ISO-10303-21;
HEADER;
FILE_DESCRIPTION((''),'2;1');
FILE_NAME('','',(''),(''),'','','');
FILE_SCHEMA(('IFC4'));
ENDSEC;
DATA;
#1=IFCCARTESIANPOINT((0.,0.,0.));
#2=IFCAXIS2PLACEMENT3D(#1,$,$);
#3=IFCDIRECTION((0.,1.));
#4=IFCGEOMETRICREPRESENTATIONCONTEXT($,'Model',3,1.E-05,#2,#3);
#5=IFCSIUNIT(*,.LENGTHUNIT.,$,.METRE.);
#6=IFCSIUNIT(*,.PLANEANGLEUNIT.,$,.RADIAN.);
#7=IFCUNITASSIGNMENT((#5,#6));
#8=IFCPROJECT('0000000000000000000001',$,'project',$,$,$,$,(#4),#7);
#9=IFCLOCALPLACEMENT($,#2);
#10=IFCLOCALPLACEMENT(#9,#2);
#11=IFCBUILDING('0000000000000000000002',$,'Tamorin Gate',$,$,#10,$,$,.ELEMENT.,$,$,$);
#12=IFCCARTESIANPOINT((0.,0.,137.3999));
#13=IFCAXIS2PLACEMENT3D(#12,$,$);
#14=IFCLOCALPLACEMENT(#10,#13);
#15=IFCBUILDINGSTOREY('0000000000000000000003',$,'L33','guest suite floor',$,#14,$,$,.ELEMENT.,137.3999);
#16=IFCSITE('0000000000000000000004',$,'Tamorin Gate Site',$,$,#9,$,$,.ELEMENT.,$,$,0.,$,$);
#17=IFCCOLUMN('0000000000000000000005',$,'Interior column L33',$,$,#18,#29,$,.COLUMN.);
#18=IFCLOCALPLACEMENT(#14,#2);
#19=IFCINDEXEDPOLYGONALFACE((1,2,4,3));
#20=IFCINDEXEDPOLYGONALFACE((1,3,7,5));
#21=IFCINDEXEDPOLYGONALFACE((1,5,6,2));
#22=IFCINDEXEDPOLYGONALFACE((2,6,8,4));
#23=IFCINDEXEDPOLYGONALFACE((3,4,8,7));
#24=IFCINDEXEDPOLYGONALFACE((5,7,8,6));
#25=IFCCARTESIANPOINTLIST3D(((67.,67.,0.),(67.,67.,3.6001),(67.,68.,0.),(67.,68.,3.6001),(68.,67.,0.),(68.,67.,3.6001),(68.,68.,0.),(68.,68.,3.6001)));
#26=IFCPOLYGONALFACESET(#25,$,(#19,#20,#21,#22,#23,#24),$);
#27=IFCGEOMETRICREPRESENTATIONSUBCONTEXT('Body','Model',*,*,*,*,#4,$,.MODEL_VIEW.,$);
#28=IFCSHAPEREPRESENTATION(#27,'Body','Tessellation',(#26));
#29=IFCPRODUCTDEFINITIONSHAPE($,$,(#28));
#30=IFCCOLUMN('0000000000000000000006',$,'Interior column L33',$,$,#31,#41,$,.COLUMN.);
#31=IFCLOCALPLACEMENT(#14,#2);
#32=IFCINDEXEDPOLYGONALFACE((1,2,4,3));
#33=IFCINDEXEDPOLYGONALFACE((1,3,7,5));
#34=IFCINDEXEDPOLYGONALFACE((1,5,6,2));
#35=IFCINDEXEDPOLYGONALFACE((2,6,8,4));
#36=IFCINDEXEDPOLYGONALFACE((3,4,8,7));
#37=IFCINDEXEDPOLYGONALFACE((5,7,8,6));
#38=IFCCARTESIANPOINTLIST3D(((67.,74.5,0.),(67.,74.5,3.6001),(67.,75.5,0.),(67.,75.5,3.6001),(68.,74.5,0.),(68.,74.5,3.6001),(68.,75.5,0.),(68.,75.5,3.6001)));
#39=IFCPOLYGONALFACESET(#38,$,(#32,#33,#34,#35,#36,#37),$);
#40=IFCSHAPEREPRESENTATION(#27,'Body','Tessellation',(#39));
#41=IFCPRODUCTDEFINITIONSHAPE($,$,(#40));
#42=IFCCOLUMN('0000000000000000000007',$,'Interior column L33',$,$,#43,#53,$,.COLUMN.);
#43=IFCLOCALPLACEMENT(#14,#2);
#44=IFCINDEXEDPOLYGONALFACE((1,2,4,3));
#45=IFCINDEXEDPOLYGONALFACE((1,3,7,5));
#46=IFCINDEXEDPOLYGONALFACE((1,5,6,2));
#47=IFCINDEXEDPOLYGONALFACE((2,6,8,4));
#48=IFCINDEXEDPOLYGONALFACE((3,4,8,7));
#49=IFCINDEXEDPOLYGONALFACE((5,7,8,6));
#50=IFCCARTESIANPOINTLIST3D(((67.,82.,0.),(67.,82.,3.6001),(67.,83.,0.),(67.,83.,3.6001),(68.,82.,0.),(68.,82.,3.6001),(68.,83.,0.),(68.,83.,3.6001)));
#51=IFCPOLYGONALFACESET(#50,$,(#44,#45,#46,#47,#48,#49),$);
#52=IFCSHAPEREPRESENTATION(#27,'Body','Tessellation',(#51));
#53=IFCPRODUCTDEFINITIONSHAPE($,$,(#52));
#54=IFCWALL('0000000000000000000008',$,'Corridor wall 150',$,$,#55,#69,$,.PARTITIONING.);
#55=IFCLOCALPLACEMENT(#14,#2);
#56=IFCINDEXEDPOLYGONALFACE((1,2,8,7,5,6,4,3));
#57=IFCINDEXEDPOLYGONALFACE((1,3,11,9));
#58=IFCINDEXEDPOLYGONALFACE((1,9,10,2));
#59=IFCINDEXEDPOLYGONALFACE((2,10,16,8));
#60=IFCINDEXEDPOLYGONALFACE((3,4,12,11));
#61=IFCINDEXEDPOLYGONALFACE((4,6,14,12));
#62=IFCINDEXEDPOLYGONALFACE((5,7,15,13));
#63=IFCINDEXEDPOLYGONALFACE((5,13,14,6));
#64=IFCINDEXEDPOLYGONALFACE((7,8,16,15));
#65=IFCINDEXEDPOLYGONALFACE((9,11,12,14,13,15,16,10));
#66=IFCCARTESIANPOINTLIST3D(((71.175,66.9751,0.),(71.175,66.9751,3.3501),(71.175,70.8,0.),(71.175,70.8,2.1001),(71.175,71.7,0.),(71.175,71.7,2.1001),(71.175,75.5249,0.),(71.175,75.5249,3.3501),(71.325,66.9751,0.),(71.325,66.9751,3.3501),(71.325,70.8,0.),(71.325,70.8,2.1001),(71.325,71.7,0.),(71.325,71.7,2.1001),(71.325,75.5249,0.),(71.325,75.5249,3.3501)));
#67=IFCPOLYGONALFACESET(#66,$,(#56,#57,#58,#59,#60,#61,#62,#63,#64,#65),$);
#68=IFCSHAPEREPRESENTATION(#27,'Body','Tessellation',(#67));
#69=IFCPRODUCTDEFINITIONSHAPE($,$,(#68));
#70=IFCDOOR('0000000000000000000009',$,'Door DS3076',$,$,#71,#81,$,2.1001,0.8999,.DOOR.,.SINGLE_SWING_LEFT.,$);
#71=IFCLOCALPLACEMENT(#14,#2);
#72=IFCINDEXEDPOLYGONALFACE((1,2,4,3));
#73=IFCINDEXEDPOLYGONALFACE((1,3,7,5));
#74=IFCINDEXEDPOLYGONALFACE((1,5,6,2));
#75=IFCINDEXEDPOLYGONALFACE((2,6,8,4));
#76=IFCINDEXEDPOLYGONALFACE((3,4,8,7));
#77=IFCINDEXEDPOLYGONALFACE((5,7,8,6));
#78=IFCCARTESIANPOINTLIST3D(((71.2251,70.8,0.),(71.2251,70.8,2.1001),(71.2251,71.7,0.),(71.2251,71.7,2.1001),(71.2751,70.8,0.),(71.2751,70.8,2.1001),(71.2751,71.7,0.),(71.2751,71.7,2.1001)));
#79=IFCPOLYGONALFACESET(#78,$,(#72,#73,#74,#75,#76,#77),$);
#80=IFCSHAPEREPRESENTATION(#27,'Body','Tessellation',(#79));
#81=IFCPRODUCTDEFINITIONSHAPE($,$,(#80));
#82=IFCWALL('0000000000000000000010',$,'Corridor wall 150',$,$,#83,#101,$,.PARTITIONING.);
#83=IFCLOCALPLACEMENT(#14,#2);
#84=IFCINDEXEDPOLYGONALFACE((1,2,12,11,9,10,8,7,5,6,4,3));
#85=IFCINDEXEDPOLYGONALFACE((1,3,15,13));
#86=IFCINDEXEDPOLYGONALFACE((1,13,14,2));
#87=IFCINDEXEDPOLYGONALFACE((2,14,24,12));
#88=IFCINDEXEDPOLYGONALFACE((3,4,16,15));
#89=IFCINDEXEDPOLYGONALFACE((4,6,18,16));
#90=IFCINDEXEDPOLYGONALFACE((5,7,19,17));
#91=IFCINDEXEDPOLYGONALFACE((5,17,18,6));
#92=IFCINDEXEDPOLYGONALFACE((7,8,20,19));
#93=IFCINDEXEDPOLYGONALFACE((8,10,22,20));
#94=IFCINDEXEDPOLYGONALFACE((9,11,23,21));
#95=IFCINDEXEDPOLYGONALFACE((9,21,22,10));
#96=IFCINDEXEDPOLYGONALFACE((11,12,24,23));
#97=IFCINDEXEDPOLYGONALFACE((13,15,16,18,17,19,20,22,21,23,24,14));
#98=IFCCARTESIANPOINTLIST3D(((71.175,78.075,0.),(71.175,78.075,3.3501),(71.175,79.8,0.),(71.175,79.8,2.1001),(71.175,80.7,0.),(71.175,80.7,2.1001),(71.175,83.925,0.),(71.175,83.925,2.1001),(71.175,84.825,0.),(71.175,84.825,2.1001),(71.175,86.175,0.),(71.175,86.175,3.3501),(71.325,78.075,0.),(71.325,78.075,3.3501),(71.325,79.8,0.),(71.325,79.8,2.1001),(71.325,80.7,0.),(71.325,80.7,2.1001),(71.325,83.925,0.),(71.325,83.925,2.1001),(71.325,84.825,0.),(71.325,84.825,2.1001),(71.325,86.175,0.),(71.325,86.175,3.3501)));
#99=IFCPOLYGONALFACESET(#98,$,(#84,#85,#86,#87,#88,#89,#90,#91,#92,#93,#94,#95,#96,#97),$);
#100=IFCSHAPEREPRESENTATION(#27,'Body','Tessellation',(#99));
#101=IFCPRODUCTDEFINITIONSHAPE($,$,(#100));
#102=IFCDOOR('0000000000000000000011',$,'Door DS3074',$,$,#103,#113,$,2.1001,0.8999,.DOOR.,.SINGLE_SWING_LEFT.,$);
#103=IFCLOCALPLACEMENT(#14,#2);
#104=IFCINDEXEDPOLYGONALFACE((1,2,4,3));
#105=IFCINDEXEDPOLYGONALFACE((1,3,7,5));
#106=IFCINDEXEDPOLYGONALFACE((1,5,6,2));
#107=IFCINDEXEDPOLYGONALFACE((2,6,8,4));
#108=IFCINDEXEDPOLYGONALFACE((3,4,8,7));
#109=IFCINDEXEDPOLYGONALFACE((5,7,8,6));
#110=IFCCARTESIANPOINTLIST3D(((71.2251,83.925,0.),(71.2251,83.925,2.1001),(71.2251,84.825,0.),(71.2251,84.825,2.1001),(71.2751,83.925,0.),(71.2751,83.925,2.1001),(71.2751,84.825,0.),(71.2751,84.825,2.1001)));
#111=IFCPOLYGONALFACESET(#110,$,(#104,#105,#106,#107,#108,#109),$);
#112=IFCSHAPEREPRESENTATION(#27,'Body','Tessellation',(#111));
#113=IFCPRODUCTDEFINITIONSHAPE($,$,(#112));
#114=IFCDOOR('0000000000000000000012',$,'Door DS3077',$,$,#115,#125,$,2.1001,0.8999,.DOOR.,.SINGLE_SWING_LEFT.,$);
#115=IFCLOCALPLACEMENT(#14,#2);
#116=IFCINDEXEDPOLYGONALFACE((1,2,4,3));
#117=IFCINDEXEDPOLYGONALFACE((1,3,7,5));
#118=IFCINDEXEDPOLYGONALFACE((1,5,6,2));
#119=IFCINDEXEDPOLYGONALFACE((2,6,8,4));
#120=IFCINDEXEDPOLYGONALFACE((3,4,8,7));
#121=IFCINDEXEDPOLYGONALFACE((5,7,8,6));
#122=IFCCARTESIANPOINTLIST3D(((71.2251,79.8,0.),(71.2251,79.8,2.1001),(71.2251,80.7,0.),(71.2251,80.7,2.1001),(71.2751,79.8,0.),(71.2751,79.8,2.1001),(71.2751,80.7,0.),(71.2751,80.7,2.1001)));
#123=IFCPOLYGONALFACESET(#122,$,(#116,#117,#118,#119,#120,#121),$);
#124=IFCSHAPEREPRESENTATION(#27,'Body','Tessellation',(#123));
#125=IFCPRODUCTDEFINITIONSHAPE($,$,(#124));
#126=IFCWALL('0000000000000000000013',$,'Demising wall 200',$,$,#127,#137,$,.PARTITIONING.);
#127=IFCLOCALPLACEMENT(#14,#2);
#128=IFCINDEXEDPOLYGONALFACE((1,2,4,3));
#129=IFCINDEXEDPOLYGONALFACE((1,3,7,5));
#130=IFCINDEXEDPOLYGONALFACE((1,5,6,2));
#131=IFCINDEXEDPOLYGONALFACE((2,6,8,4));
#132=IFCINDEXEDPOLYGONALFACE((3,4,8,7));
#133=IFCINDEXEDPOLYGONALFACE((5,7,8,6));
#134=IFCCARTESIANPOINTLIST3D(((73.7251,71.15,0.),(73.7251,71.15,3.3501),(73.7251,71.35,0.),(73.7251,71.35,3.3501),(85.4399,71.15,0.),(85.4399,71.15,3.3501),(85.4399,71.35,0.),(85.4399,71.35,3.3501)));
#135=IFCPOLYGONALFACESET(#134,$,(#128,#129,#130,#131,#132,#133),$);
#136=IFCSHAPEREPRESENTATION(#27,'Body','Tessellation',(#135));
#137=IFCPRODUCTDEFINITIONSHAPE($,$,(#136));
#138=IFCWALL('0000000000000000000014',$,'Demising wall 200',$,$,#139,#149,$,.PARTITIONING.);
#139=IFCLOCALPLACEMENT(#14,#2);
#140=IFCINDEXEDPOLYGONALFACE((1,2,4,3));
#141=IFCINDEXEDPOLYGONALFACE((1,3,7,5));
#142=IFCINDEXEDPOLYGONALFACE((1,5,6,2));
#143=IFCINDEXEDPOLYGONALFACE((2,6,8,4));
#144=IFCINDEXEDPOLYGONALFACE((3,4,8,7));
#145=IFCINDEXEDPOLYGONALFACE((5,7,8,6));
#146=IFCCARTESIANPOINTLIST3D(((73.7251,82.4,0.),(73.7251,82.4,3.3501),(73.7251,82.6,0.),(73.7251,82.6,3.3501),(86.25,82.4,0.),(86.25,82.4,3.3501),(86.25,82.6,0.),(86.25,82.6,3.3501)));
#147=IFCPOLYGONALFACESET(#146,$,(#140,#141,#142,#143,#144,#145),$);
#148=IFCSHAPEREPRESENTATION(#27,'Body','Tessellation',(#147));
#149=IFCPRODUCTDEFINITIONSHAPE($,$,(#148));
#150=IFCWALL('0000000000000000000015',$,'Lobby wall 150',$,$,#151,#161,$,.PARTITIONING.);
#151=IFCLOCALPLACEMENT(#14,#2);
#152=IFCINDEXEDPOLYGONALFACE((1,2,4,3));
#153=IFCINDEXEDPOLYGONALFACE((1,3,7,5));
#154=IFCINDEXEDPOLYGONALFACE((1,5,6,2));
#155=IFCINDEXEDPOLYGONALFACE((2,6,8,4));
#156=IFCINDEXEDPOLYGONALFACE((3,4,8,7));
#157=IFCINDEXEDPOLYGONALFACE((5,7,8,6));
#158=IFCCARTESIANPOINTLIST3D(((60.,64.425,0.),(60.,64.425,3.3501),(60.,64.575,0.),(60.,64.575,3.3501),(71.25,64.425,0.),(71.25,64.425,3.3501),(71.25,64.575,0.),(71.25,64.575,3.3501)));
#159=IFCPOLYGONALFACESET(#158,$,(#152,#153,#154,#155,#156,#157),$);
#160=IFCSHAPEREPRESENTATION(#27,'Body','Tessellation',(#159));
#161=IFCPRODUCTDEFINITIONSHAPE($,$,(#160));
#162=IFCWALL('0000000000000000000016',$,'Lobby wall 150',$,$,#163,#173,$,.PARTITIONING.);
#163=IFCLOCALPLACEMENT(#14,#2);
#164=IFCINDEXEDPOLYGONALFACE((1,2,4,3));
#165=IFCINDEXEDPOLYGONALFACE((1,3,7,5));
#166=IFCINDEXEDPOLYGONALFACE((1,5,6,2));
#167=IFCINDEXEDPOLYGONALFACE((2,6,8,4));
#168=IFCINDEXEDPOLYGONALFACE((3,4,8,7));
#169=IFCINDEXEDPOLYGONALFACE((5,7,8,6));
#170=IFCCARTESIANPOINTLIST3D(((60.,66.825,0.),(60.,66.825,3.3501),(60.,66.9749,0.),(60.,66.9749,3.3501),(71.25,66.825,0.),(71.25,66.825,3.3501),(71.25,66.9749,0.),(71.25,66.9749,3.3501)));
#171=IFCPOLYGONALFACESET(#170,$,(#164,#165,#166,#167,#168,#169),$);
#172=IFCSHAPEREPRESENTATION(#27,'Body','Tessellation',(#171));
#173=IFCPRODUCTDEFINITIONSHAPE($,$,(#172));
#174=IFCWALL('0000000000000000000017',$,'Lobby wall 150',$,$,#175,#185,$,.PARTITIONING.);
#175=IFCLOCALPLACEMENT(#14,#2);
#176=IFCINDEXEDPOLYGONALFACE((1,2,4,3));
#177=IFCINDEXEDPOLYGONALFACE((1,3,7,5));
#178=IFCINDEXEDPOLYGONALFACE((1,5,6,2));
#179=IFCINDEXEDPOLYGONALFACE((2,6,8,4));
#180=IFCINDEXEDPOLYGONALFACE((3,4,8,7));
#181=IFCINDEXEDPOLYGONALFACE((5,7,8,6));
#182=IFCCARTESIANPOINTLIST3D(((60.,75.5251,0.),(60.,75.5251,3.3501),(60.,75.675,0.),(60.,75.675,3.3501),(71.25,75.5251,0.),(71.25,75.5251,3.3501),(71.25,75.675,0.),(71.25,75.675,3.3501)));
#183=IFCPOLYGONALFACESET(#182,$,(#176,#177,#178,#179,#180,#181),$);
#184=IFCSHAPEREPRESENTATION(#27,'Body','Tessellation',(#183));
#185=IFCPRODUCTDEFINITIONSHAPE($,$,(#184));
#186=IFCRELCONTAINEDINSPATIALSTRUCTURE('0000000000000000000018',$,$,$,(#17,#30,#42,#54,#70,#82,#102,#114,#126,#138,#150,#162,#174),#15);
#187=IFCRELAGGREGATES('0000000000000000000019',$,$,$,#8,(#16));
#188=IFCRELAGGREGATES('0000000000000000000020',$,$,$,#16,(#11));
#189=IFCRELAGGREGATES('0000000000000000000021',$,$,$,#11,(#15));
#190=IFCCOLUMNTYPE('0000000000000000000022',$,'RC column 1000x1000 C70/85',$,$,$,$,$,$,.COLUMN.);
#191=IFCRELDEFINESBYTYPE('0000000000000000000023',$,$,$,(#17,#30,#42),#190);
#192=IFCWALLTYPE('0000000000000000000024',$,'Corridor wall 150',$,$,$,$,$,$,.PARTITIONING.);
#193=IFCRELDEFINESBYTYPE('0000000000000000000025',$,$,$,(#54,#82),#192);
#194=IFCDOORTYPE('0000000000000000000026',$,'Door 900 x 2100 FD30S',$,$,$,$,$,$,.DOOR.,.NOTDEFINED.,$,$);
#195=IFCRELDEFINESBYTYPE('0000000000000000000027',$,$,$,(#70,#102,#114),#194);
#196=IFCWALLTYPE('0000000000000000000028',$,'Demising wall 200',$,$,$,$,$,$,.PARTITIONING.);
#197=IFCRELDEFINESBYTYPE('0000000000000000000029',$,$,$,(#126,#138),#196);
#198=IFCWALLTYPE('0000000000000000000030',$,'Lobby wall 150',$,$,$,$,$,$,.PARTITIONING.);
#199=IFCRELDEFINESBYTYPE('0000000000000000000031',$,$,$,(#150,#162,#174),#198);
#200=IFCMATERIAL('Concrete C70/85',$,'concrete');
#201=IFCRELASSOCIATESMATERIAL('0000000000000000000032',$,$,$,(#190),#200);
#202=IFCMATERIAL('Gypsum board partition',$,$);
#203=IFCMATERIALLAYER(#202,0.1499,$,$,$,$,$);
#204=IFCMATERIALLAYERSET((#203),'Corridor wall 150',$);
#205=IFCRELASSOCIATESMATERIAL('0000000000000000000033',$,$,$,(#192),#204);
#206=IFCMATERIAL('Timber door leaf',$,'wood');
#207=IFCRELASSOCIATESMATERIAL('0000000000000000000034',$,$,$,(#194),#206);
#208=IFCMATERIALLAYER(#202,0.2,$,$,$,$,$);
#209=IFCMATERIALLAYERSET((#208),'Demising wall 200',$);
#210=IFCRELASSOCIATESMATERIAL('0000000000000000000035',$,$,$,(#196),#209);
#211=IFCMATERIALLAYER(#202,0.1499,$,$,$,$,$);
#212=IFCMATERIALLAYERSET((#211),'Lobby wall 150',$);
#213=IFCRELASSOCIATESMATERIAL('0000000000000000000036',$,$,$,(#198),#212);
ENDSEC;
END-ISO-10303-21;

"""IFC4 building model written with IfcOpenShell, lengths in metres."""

from ifc_helpers import new_model, si_unit, direction, frame, frame_2d, origin, origin_2d, place, context, subcontext, project, spatial, rectangle, extrude, material, layer, layer_set, material_profile, profile_set, type_object, element, fill, save


model = new_model("IFC4")

# Units and contexts
model_context = context("Model", 3, precision=1e-05, world=origin(), true_north=direction((0.0, 1.0)))
body_context = subcontext(model_context, "Body", "Model", "MODEL_VIEW")
ifc_project = project(units=[si_unit("LENGTHUNIT", "METRE"), si_unit("PLANEANGLEUNIT", "RADIAN")], contexts=[model_context])

# Site, building, storey
site_placement = place(None, origin())
site = spatial("IfcSite", under=ifc_project, at=site_placement, Name="Tamorin Gate Site", CompositionType="ELEMENT", RefElevation=0.0)
building_placement = place(site_placement, origin())
building = spatial("IfcBuilding", under=site, at=building_placement, Name="Tamorin Gate", CompositionType="ELEMENT")
storey_placement = place(building_placement, frame((0.0, 0.0, 137.3999)))
storey = spatial("IfcBuildingStorey", under=building, at=storey_placement, Name="L33", Description="guest suite floor", CompositionType="ELEMENT", Elevation=137.3999)

# Columns
ifc_material_1 = material(Name="Concrete C70/85", Category="concrete")
ifc_material_profile = material_profile(ifc_material_1, rectangle(XDim=1.0, YDim=1.0, at=origin_2d()), Name="RC 1000x1000")
ifc_profile_set = profile_set([ifc_material_profile], Name="Concrete C70/85")
column_type = type_object("IfcColumnType", Name="RC column 1000x1000 C70/85", PredefinedType="COLUMN", material=ifc_profile_set)
for number, where, z_axis, x_axis, name in (
    (1, (67.5, 67.5, 0.0), (0.0, 0.0, 1.0), (1.0, 0.0, 0.0), "Interior column L33"),
    (2, (67.5, 75.0, 0.0), (0.0, 0.0, 1.0), (1.0, 0.0, 0.0), "Interior column L33"),
    (3, (67.5, 82.5, 0.0), (0.0, 0.0, 1.0), (1.0, 0.0, 0.0), "Interior column L33"),
):
    element("IfcColumn", number, at=place(storey_placement, frame(where, z_axis=z_axis, x_axis=x_axis)), inside=storey, type_object=column_type, Name=name, PredefinedType="COLUMN", context=body_context, shape_type="SweptSolid", body=[
        extrude(rectangle(XDim=1.0, YDim=1.0, at=origin_2d()), origin(), (0.0, 0.0, 1.0), 3.6001),
    ])

# Wall, opening, door
ifc_material_2 = material(Name="Gypsum board partition")
ifc_layer_1 = layer(ifc_material_2, 0.1499)
ifc_layer_set_1 = layer_set([ifc_layer_1], Name="Corridor wall 150")
wall_type_1 = type_object("IfcWallType", Name="Corridor wall 150", PredefinedType="PARTITIONING", material=ifc_layer_set_1)
wall_1_placement = place(storey_placement, frame((71.25, 66.9751, 0.0), z_axis=(0.0, 0.0, 1.0), x_axis=(0.0, 1.0, 0.0)))
wall_1 = element("IfcWall", 4, at=wall_1_placement, inside=storey, type_object=wall_type_1, Name="Corridor wall 150", PredefinedType="PARTITIONING", context=body_context, shape_type="SweptSolid", body=[
    extrude(rectangle(XDim=8.5498, YDim=0.1499, at=frame_2d((4.2749, 0.0))), origin(), (0.0, 0.0, 1.0), 3.3501),
])
opening_1_placement = place(wall_1_placement, frame((3.825, 0.0, 0.0)))
opening_1 = element("IfcOpeningElement", 5, at=opening_1_placement, cuts=wall_1, PredefinedType="OPENING", context=body_context, shape_type="SweptSolid", body=[
    extrude(rectangle(XDim=0.8999, YDim=2.1001, at=frame_2d((0.45, 1.05))), frame((0.0, 0.085, 0.0), z_axis=(0.0, -1.0, 0.0), x_axis=(1.0, 0.0, 0.0)), (0.0, 0.0, 1.0), 0.1699),
])
ifc_material_3 = material(Name="Timber door leaf", Category="wood")
door_type_1 = type_object("IfcDoorType", Name="Door 900 x 2100 FD30S", OperationType="NOTDEFINED", PredefinedType="DOOR", material=ifc_material_3)
door_1_placement = place(opening_1_placement, origin())
door_1 = element("IfcDoor", 6, at=door_1_placement, inside=storey, type_object=door_type_1, Name="Door DS3076", OperationType="SINGLE_SWING_LEFT", OverallHeight=2.1001, OverallWidth=0.8999, PredefinedType="DOOR", context=body_context, shape_type="SweptSolid", body=[
    extrude(rectangle(XDim=0.8999, YDim=2.1001, at=frame_2d((0.45, 1.05))), frame((0.0, 0.0249, 0.0), z_axis=(0.0, -1.0, 0.0), x_axis=(1.0, 0.0, 0.0)), (0.0, 0.0, 1.0), 0.05),
])
fill(opening_1, door_1)

# Wall, openings, doors
wall_2_placement = place(storey_placement, frame((71.25, 78.075, 0.0), z_axis=(0.0, 0.0, 1.0), x_axis=(0.0, 1.0, 0.0)))
wall_2 = element("IfcWall", 7, at=wall_2_placement, inside=storey, type_object=wall_type_1, Name="Corridor wall 150", PredefinedType="PARTITIONING", context=body_context, shape_type="SweptSolid", body=[
    extrude(rectangle(XDim=8.1001, YDim=0.1499, at=frame_2d((4.05, 0.0))), origin(), (0.0, 0.0, 1.0), 3.3501),
])
opening_2_placement = place(wall_2_placement, frame((5.8501, 0.0, 0.0)))
opening_2 = element("IfcOpeningElement", 8, at=opening_2_placement, cuts=wall_2, PredefinedType="OPENING", context=body_context, shape_type="SweptSolid", body=[
    extrude(rectangle(XDim=0.8999, YDim=2.1001, at=frame_2d((0.45, 1.05))), frame((0.0, 0.085, 0.0), z_axis=(0.0, -1.0, 0.0), x_axis=(1.0, 0.0, 0.0)), (0.0, 0.0, 1.0), 0.1699),
])
opening_3_placement = place(wall_2_placement, frame((1.7251, 0.0, 0.0)))
opening_3 = element("IfcOpeningElement", 9, at=opening_3_placement, cuts=wall_2, PredefinedType="OPENING", context=body_context, shape_type="SweptSolid", body=[
    extrude(rectangle(XDim=0.8999, YDim=2.1001, at=frame_2d((0.45, 1.05))), frame((0.0, 0.085, 0.0), z_axis=(0.0, -1.0, 0.0), x_axis=(1.0, 0.0, 0.0)), (0.0, 0.0, 1.0), 0.1699),
])
door_2_placement = place(opening_2_placement, origin())
door_2 = element("IfcDoor", 10, at=door_2_placement, inside=storey, type_object=door_type_1, Name="Door DS3074", OperationType="SINGLE_SWING_LEFT", OverallHeight=2.1001, OverallWidth=0.8999, PredefinedType="DOOR", context=body_context, shape_type="SweptSolid", body=[
    extrude(rectangle(XDim=0.8999, YDim=2.1001, at=frame_2d((0.45, 1.05))), frame((0.0, 0.0249, 0.0), z_axis=(0.0, -1.0, 0.0), x_axis=(1.0, 0.0, 0.0)), (0.0, 0.0, 1.0), 0.05),
])
fill(opening_2, door_2)
door_3_placement = place(opening_3_placement, origin())
door_3 = element("IfcDoor", 11, at=door_3_placement, inside=storey, type_object=door_type_1, Name="Door DS3077", OperationType="SINGLE_SWING_LEFT", OverallHeight=2.1001, OverallWidth=0.8999, PredefinedType="DOOR", context=body_context, shape_type="SweptSolid", body=[
    extrude(rectangle(XDim=0.8999, YDim=2.1001, at=frame_2d((0.45, 1.05))), frame((0.0, 0.0249, 0.0), z_axis=(0.0, -1.0, 0.0), x_axis=(1.0, 0.0, 0.0)), (0.0, 0.0, 1.0), 0.05),
])
fill(opening_3, door_3)

# Walls
ifc_layer_2 = layer(ifc_material_2, 0.2)
ifc_layer_set_2 = layer_set([ifc_layer_2], Name="Demising wall 200")
wall_type_2 = type_object("IfcWallType", Name="Demising wall 200", PredefinedType="PARTITIONING", material=ifc_layer_set_2)
wall_3_placement = place(storey_placement, frame((73.7251, 71.25, 0.0), z_axis=(0.0, 0.0, 1.0), x_axis=(1.0, 0.0, 0.0)))
element("IfcWall", 12, at=wall_3_placement, inside=storey, type_object=wall_type_2, Name="Demising wall 200", PredefinedType="PARTITIONING", context=body_context, shape_type="SweptSolid", body=[
    extrude(rectangle(XDim=11.7148, YDim=0.2, at=frame_2d((5.8574, 0.0))), origin(), (0.0, 0.0, 1.0), 3.3501),
])
wall_4_placement = place(storey_placement, frame((73.7251, 82.5, 0.0), z_axis=(0.0, 0.0, 1.0), x_axis=(1.0, 0.0, 0.0)))
element("IfcWall", 13, at=wall_4_placement, inside=storey, type_object=wall_type_2, Name="Demising wall 200", PredefinedType="PARTITIONING", context=body_context, shape_type="SweptSolid", body=[
    extrude(rectangle(XDim=12.5249, YDim=0.2, at=frame_2d((6.2625, 0.0))), origin(), (0.0, 0.0, 1.0), 3.3501),
])
ifc_layer_3 = layer(ifc_material_2, 0.1499)
ifc_layer_set_3 = layer_set([ifc_layer_3], Name="Lobby wall 150")
wall_type_3 = type_object("IfcWallType", Name="Lobby wall 150", PredefinedType="PARTITIONING", material=ifc_layer_set_3)
for number, where, z_axis, x_axis, name in (
    (14, (60.0, 64.5, 0.0), (0.0, 0.0, 1.0), (1.0, 0.0, 0.0), "Lobby wall 150"),
    (15, (60.0, 66.8999, 0.0), (0.0, 0.0, 1.0), (1.0, 0.0, 0.0), "Lobby wall 150"),
    (16, (60.0, 75.6001, 0.0), (0.0, 0.0, 1.0), (1.0, 0.0, 0.0), "Lobby wall 150"),
):
    element("IfcWall", number, at=place(storey_placement, frame(where, z_axis=z_axis, x_axis=x_axis)), inside=storey, type_object=wall_type_3, Name=name, PredefinedType="PARTITIONING", context=body_context, shape_type="SweptSolid", body=[
        extrude(rectangle(XDim=11.25, YDim=0.1499, at=frame_2d((5.625, 0.0))), origin(), (0.0, 0.0, 1.0), 3.3501),
    ])

save(model, "model.ifc")
